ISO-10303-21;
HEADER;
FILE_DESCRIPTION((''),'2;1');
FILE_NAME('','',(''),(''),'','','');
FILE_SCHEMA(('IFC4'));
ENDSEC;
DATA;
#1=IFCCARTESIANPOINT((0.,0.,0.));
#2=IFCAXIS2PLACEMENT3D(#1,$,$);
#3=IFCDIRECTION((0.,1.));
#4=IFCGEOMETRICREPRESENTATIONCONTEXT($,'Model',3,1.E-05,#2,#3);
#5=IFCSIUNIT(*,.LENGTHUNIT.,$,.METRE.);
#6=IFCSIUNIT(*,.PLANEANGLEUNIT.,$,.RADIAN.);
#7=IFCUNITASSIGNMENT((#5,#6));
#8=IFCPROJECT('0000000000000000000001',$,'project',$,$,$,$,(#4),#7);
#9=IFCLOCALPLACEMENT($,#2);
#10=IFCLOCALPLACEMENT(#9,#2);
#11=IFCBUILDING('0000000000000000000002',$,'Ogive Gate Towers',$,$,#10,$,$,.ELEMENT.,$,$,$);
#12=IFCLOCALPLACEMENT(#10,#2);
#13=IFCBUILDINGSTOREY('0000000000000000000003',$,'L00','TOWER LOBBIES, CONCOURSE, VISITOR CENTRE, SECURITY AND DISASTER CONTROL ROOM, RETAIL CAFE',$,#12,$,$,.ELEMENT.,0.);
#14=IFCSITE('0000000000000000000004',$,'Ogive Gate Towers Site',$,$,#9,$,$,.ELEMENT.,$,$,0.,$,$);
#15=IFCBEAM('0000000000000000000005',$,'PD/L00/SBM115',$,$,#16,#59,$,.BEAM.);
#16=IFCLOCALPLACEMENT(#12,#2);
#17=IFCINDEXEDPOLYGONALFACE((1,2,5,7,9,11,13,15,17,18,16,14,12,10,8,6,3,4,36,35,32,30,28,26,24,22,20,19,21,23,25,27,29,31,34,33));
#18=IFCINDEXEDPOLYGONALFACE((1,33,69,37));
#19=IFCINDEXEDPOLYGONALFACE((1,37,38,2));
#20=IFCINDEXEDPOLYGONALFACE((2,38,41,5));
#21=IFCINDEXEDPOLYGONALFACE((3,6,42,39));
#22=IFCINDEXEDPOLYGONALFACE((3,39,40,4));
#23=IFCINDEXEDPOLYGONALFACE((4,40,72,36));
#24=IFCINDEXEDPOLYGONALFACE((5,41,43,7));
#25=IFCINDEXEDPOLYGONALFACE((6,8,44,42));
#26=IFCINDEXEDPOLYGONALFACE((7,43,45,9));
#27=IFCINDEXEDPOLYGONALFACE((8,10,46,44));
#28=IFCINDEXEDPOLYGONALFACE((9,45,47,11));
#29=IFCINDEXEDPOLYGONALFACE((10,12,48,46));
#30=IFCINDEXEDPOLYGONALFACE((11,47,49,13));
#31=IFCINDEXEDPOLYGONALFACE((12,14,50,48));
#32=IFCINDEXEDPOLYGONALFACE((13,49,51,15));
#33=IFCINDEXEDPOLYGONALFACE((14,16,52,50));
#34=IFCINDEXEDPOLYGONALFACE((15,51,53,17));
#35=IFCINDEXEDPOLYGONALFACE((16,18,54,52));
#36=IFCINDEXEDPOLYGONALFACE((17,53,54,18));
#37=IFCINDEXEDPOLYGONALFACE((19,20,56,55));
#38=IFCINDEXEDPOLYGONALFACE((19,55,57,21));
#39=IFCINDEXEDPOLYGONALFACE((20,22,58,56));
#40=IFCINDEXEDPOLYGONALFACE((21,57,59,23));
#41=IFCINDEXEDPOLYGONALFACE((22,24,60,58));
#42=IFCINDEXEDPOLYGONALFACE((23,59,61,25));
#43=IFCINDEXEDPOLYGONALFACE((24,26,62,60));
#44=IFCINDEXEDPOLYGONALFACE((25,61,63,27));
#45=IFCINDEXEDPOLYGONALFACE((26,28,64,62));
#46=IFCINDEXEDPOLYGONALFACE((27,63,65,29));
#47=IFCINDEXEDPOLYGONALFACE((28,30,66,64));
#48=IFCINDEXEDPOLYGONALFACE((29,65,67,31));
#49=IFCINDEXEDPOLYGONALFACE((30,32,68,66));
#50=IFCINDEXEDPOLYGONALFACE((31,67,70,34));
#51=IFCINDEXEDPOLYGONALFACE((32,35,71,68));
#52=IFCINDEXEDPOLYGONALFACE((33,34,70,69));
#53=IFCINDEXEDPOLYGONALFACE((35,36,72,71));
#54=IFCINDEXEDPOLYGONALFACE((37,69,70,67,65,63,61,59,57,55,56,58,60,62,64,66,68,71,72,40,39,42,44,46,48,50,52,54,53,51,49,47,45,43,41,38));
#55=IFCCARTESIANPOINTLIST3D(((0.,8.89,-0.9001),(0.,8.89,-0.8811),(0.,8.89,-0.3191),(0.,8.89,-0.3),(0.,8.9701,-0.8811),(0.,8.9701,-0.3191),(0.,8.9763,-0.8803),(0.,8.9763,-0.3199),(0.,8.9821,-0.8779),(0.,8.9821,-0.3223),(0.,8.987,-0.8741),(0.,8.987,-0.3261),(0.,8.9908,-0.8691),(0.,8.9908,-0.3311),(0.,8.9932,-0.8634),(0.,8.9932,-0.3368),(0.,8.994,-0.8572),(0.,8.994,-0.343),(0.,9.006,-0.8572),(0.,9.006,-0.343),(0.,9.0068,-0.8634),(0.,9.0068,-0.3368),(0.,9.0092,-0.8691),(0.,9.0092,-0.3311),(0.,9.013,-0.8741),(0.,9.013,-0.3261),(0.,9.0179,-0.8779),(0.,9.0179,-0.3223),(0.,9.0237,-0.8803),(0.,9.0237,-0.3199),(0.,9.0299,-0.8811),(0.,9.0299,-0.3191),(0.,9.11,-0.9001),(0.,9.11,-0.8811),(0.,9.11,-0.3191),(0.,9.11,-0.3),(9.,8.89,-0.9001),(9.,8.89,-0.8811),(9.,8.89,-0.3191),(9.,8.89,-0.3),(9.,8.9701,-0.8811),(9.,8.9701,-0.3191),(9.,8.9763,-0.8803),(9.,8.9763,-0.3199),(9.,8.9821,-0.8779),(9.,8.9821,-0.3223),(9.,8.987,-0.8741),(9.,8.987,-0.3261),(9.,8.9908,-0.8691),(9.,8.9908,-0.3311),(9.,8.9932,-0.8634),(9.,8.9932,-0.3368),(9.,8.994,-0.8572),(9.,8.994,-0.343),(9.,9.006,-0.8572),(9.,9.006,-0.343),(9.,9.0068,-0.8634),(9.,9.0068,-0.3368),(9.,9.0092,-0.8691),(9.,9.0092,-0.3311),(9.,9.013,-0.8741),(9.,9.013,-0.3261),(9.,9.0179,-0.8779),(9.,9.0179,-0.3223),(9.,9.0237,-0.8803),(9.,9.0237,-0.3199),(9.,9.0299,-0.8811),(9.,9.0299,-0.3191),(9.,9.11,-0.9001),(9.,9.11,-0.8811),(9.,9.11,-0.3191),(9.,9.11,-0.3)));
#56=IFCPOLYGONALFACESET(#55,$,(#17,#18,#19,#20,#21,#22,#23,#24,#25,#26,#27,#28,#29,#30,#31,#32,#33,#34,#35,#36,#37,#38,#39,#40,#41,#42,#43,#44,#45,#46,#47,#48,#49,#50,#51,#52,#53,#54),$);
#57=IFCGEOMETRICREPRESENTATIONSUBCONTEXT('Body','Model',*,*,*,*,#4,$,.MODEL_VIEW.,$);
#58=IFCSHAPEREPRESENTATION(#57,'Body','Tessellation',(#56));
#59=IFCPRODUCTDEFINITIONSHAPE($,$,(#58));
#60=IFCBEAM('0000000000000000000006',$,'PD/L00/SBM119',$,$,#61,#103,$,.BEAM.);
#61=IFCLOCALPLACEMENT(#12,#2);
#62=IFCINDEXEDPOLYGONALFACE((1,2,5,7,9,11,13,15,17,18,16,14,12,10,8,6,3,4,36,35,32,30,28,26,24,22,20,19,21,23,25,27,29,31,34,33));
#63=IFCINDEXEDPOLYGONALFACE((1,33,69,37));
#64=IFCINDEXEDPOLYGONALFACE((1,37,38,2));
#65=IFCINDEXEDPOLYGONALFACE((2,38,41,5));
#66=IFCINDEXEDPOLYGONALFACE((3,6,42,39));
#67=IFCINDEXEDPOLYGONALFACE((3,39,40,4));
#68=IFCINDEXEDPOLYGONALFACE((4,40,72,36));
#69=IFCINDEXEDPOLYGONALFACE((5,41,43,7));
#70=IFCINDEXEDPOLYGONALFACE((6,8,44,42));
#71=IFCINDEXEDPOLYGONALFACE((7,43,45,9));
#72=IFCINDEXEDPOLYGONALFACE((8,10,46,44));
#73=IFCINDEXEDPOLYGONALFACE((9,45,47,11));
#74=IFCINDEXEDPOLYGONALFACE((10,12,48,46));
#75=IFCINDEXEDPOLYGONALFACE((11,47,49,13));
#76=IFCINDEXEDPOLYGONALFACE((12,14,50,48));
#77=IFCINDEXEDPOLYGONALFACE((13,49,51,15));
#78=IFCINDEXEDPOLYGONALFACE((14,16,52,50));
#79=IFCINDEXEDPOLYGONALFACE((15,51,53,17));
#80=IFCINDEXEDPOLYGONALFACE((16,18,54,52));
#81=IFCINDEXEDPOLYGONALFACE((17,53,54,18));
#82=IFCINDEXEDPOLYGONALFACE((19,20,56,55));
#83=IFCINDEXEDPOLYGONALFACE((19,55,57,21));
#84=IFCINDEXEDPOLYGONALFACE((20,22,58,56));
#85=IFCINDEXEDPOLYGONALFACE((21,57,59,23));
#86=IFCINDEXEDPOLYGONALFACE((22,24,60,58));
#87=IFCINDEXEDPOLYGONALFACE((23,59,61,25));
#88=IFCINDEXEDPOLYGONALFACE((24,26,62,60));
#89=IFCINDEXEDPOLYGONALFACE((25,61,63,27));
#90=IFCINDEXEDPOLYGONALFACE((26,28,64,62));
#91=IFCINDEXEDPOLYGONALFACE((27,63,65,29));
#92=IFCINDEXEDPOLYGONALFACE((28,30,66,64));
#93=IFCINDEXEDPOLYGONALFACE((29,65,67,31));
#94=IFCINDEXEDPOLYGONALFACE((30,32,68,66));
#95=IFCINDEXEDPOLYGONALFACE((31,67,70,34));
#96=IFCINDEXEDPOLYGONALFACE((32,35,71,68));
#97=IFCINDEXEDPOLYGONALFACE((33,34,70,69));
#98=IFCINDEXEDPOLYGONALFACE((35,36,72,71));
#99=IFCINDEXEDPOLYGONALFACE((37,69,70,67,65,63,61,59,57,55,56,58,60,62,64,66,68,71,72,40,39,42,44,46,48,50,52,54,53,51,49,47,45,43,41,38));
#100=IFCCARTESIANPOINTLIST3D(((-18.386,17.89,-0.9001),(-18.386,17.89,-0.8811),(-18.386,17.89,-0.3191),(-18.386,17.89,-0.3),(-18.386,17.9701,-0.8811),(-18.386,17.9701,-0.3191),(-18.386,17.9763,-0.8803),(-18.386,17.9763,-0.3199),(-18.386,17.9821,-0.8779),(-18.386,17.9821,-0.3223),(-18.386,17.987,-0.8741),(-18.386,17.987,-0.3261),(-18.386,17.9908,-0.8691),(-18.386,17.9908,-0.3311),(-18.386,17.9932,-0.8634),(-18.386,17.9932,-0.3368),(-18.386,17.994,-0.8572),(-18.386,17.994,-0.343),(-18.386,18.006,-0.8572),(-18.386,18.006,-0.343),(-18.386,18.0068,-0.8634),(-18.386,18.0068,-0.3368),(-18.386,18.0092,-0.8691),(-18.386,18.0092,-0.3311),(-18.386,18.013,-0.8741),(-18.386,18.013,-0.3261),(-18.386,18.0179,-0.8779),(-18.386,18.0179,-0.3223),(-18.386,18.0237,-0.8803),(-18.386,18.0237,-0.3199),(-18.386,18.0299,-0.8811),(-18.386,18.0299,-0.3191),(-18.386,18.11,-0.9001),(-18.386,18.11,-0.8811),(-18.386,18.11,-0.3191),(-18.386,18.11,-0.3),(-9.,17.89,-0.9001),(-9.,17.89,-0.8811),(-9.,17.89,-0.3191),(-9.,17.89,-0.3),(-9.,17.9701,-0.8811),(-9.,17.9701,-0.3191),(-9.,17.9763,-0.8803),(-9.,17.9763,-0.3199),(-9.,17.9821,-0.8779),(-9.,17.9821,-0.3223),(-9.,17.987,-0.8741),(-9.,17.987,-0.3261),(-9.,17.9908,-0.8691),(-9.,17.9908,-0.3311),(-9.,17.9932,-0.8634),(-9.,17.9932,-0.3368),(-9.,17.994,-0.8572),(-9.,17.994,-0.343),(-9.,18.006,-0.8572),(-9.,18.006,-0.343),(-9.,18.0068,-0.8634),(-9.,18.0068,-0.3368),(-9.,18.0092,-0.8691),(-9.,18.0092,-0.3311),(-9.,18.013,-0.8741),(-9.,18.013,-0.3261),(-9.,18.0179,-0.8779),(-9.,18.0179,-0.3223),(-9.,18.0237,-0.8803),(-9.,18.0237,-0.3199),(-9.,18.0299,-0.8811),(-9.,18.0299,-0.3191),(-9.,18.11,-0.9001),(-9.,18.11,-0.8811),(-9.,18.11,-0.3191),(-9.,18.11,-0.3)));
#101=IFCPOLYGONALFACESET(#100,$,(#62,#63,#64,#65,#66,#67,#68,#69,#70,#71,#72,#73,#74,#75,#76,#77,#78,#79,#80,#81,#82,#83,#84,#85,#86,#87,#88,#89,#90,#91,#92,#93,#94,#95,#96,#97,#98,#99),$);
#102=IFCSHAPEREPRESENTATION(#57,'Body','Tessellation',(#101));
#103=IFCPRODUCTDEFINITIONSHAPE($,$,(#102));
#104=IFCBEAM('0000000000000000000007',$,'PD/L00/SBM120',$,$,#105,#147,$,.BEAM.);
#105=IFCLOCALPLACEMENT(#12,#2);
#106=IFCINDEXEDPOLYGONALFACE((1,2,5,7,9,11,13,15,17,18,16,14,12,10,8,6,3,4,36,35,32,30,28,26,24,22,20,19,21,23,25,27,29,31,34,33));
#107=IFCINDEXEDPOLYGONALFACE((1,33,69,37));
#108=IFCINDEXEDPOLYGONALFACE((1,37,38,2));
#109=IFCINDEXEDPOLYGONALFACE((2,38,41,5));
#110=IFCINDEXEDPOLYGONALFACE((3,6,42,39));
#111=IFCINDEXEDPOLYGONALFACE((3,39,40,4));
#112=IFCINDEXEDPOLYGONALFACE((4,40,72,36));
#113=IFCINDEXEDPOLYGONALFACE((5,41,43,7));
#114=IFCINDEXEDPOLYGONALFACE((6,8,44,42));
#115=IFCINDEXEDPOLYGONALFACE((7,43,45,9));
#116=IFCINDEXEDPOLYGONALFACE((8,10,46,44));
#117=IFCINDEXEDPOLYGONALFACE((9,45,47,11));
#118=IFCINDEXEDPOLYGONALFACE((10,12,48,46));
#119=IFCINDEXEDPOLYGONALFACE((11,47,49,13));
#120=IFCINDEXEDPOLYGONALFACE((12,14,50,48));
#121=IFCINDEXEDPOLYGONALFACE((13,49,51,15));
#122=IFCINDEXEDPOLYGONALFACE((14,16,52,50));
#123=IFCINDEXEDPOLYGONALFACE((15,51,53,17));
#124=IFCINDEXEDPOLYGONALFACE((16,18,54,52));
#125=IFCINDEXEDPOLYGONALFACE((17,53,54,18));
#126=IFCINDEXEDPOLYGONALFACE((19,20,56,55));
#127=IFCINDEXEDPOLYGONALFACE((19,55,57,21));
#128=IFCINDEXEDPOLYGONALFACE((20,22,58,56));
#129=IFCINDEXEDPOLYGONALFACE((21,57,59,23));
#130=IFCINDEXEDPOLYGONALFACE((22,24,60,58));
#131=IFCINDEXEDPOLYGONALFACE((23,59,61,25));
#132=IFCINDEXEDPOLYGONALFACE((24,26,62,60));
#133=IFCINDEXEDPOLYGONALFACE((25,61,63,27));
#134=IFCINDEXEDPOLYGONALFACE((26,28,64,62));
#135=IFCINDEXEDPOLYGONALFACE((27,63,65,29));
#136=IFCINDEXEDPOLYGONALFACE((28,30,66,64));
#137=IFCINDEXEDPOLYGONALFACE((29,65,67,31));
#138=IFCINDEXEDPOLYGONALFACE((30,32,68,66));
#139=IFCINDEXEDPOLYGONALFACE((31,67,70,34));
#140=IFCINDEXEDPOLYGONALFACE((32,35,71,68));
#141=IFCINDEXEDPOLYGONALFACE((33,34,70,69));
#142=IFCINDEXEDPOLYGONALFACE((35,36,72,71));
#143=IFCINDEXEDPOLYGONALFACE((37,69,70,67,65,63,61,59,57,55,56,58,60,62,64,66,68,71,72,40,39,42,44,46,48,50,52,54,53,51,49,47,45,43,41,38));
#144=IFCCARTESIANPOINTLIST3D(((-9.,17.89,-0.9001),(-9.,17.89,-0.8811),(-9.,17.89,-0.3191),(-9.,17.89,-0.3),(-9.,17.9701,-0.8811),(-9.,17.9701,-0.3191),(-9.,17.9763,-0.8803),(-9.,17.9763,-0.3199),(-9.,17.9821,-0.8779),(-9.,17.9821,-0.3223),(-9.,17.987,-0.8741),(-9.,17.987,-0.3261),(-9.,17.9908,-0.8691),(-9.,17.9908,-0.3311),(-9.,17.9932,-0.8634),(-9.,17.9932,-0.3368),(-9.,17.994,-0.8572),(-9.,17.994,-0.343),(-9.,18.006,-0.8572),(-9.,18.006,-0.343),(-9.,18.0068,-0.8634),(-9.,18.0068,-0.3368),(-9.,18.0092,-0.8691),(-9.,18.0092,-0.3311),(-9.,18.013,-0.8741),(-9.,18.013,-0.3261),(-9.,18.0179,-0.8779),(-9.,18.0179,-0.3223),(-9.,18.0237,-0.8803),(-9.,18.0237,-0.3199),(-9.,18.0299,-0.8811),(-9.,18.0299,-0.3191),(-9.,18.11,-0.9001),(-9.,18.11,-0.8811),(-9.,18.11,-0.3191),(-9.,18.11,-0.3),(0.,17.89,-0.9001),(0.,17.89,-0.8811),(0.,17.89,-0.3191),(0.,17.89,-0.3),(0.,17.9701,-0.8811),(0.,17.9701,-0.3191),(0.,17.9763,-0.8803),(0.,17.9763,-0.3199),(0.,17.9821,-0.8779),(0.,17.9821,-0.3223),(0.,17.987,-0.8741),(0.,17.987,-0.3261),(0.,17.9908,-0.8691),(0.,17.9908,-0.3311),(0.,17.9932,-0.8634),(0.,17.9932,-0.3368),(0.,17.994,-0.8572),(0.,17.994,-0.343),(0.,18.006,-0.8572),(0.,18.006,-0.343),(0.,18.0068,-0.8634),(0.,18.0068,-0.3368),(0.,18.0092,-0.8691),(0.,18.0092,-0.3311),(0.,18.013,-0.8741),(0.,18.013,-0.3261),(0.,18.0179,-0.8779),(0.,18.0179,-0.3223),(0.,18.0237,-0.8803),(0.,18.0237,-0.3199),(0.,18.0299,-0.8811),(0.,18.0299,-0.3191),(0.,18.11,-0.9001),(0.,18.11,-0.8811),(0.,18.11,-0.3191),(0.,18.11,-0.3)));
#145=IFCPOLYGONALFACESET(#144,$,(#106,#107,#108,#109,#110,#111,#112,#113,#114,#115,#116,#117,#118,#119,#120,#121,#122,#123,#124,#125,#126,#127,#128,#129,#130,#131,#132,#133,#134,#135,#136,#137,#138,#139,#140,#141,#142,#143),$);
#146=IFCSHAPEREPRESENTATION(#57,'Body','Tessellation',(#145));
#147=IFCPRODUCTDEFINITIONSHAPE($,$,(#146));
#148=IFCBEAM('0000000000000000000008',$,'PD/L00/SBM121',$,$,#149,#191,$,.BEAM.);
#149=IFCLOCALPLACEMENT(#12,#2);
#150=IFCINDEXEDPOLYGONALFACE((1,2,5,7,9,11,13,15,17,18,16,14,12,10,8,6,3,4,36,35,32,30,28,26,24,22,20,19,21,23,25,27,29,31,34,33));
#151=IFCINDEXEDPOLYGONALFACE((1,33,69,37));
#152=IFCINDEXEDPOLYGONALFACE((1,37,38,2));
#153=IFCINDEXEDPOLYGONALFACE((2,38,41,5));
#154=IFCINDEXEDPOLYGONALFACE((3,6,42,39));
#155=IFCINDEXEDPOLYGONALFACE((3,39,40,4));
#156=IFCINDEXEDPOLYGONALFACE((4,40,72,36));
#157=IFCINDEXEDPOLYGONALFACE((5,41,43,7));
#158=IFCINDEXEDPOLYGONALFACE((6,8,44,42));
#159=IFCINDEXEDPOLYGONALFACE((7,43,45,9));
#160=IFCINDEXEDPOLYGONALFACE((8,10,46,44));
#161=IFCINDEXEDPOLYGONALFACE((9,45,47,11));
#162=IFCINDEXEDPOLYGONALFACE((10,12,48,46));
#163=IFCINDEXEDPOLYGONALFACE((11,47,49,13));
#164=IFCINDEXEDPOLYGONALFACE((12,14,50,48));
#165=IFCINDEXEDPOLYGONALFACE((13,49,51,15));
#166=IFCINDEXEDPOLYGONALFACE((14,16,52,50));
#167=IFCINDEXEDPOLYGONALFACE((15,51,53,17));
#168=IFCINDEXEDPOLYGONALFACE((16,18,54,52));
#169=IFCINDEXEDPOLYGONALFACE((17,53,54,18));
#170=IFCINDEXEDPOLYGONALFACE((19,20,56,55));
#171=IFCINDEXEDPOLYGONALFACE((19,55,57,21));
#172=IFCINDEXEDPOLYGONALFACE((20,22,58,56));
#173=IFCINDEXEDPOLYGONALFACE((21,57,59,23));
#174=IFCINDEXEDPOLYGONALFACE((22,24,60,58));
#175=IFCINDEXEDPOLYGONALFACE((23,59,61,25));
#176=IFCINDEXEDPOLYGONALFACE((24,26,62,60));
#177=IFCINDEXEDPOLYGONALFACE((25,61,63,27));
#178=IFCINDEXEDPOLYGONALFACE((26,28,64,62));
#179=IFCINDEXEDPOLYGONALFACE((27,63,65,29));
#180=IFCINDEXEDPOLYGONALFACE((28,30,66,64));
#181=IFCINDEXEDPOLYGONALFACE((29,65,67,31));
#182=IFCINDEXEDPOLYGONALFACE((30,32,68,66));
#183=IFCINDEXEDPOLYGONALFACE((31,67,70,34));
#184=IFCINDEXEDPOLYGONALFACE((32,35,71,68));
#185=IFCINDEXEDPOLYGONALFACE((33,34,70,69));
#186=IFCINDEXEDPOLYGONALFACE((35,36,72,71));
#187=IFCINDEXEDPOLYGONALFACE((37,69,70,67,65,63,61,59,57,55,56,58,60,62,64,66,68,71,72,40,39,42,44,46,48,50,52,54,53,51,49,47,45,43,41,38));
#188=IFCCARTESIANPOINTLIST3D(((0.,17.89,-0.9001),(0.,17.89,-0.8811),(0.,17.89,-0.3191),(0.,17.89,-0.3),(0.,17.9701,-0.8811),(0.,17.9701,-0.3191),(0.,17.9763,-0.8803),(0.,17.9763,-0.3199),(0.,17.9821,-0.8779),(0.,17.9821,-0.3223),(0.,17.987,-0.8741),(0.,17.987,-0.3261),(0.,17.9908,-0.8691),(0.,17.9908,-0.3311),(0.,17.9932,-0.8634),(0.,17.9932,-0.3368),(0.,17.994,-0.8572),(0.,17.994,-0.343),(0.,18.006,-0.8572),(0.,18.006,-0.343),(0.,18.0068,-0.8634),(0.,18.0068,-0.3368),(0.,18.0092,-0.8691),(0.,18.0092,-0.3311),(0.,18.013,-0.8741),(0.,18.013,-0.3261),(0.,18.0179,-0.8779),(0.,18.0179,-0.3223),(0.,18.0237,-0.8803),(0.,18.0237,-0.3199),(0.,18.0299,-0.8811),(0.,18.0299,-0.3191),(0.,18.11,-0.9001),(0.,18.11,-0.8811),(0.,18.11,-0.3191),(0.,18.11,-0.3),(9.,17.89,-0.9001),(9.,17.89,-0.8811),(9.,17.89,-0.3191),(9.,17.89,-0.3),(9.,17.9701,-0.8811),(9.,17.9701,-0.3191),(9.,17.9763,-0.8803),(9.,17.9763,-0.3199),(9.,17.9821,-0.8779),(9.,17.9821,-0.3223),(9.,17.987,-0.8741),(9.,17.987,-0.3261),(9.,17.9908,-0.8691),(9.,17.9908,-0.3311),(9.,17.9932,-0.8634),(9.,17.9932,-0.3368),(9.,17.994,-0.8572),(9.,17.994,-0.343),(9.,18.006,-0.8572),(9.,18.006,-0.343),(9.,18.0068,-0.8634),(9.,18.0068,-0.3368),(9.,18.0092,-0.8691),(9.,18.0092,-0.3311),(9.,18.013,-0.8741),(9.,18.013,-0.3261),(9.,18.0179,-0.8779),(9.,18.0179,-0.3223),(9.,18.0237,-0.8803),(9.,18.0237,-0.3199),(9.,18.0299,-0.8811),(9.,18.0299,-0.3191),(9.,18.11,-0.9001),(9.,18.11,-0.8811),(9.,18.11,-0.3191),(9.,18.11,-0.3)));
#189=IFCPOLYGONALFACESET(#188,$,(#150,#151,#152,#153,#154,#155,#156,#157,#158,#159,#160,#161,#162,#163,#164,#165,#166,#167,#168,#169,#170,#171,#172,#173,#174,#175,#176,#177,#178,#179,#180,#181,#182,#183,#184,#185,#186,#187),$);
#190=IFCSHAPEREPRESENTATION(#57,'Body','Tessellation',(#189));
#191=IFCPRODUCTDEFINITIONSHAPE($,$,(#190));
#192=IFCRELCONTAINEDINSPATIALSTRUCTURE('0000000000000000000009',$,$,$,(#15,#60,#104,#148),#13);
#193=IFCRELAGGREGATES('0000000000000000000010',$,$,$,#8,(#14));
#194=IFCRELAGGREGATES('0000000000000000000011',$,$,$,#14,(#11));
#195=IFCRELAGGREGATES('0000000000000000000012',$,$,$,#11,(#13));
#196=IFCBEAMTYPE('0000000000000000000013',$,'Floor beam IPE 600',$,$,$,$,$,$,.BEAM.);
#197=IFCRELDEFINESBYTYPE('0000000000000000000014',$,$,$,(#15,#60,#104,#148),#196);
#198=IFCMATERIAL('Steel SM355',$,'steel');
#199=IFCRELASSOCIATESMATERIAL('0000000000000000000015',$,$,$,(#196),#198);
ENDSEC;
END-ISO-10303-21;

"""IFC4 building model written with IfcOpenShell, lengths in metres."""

from ifc_helpers import new_model, si_unit, direction, frame, origin, origin_2d, place, context, subcontext, project, spatial, i_section, extrude, material, material_profile, profile_set, type_object, element, save


model = new_model("IFC4")

# Units and contexts
model_context = context("Model", 3, precision=1e-05, world=origin(), true_north=direction((0.0, 1.0)))
body_context = subcontext(model_context, "Body", "Model", "MODEL_VIEW")
ifc_project = project(units=[si_unit("LENGTHUNIT", "METRE"), si_unit("PLANEANGLEUNIT", "RADIAN")], contexts=[model_context])

# Site, building, storey
site_placement = place(None, origin())
site = spatial("IfcSite", under=ifc_project, at=site_placement, Name="Ogive Gate Towers Site", CompositionType="ELEMENT", RefElevation=0.0)
building_placement = place(site_placement, origin())
building = spatial("IfcBuilding", under=site, at=building_placement, Name="Ogive Gate Towers", CompositionType="ELEMENT")
storey_placement = place(building_placement, origin())
storey = spatial("IfcBuildingStorey", under=building, at=storey_placement, Name="L00", Description="TOWER LOBBIES, CONCOURSE, VISITOR CENTRE, SECURITY AND DISASTER CONTROL ROOM, RETAIL CAFE", CompositionType="ELEMENT", Elevation=0.0)

# Beams
ifc_material_1 = material(Name="Steel SM355", Category="steel")
ifc_material_profile_1 = material_profile(ifc_material_1, i_section(OverallWidth=0.22, OverallDepth=0.6001, WebThickness=0.012, FlangeThickness=0.019, FilletRadius=0.0239, at=origin_2d()), Name="IPE 600")
ifc_profile_set_1 = profile_set([ifc_material_profile_1], Name="Steel SM355")
beam_type_1 = type_object("IfcBeamType", Name="Floor beam IPE 600", PredefinedType="BEAM", material=ifc_profile_set_1)
for number, where, z_axis, x_axis, name in (
    (1, (0.0, 9.0, -0.6001), (1.0, 0.0, 0.0), (0.0, 1.0, 0.0), "PD/L00/SBM115"),
):
    element("IfcBeam", number, at=place(storey_placement, frame(where, z_axis=z_axis, x_axis=x_axis)), inside=storey, type_object=beam_type_1, Name=name, PredefinedType="BEAM", context=body_context, shape_type="SweptSolid", body=[
        extrude(i_section(OverallWidth=0.22, OverallDepth=0.6001, WebThickness=0.012, FlangeThickness=0.019, FilletRadius=0.0239, at=origin_2d()), origin(), (0.0, 0.0, 1.0), 9.0),
    ])
beam_1_placement = place(storey_placement, frame((-18.386, 18.0, -0.6001), z_axis=(1.0, 0.0, 0.0), x_axis=(0.0, 1.0, 0.0)))
element("IfcBeam", 2, at=beam_1_placement, inside=storey, type_object=beam_type_1, Name="PD/L00/SBM119", PredefinedType="BEAM", context=body_context, shape_type="SweptSolid", body=[
    extrude(i_section(OverallWidth=0.22, OverallDepth=0.6001, WebThickness=0.012, FlangeThickness=0.019, FilletRadius=0.0239, at=origin_2d()), origin(), (0.0, 0.0, 1.0), 9.386),
])
for number, where, z_axis, x_axis, name in (
    (3, (-9.0, 18.0, -0.6001), (1.0, 0.0, 0.0), (0.0, 1.0, 0.0), "PD/L00/SBM120"),
    (4, (0.0, 18.0, -0.6001), (1.0, 0.0, 0.0), (0.0, 1.0, 0.0), "PD/L00/SBM121"),
):
    element("IfcBeam", number, at=place(storey_placement, frame(where, z_axis=z_axis, x_axis=x_axis)), inside=storey, type_object=beam_type_1, Name=name, PredefinedType="BEAM", context=body_context, shape_type="SweptSolid", body=[
        extrude(i_section(OverallWidth=0.22, OverallDepth=0.6001, WebThickness=0.012, FlangeThickness=0.019, FilletRadius=0.0239, at=origin_2d()), origin(), (0.0, 0.0, 1.0), 9.0),
    ])

save(model, "model.ifc")
